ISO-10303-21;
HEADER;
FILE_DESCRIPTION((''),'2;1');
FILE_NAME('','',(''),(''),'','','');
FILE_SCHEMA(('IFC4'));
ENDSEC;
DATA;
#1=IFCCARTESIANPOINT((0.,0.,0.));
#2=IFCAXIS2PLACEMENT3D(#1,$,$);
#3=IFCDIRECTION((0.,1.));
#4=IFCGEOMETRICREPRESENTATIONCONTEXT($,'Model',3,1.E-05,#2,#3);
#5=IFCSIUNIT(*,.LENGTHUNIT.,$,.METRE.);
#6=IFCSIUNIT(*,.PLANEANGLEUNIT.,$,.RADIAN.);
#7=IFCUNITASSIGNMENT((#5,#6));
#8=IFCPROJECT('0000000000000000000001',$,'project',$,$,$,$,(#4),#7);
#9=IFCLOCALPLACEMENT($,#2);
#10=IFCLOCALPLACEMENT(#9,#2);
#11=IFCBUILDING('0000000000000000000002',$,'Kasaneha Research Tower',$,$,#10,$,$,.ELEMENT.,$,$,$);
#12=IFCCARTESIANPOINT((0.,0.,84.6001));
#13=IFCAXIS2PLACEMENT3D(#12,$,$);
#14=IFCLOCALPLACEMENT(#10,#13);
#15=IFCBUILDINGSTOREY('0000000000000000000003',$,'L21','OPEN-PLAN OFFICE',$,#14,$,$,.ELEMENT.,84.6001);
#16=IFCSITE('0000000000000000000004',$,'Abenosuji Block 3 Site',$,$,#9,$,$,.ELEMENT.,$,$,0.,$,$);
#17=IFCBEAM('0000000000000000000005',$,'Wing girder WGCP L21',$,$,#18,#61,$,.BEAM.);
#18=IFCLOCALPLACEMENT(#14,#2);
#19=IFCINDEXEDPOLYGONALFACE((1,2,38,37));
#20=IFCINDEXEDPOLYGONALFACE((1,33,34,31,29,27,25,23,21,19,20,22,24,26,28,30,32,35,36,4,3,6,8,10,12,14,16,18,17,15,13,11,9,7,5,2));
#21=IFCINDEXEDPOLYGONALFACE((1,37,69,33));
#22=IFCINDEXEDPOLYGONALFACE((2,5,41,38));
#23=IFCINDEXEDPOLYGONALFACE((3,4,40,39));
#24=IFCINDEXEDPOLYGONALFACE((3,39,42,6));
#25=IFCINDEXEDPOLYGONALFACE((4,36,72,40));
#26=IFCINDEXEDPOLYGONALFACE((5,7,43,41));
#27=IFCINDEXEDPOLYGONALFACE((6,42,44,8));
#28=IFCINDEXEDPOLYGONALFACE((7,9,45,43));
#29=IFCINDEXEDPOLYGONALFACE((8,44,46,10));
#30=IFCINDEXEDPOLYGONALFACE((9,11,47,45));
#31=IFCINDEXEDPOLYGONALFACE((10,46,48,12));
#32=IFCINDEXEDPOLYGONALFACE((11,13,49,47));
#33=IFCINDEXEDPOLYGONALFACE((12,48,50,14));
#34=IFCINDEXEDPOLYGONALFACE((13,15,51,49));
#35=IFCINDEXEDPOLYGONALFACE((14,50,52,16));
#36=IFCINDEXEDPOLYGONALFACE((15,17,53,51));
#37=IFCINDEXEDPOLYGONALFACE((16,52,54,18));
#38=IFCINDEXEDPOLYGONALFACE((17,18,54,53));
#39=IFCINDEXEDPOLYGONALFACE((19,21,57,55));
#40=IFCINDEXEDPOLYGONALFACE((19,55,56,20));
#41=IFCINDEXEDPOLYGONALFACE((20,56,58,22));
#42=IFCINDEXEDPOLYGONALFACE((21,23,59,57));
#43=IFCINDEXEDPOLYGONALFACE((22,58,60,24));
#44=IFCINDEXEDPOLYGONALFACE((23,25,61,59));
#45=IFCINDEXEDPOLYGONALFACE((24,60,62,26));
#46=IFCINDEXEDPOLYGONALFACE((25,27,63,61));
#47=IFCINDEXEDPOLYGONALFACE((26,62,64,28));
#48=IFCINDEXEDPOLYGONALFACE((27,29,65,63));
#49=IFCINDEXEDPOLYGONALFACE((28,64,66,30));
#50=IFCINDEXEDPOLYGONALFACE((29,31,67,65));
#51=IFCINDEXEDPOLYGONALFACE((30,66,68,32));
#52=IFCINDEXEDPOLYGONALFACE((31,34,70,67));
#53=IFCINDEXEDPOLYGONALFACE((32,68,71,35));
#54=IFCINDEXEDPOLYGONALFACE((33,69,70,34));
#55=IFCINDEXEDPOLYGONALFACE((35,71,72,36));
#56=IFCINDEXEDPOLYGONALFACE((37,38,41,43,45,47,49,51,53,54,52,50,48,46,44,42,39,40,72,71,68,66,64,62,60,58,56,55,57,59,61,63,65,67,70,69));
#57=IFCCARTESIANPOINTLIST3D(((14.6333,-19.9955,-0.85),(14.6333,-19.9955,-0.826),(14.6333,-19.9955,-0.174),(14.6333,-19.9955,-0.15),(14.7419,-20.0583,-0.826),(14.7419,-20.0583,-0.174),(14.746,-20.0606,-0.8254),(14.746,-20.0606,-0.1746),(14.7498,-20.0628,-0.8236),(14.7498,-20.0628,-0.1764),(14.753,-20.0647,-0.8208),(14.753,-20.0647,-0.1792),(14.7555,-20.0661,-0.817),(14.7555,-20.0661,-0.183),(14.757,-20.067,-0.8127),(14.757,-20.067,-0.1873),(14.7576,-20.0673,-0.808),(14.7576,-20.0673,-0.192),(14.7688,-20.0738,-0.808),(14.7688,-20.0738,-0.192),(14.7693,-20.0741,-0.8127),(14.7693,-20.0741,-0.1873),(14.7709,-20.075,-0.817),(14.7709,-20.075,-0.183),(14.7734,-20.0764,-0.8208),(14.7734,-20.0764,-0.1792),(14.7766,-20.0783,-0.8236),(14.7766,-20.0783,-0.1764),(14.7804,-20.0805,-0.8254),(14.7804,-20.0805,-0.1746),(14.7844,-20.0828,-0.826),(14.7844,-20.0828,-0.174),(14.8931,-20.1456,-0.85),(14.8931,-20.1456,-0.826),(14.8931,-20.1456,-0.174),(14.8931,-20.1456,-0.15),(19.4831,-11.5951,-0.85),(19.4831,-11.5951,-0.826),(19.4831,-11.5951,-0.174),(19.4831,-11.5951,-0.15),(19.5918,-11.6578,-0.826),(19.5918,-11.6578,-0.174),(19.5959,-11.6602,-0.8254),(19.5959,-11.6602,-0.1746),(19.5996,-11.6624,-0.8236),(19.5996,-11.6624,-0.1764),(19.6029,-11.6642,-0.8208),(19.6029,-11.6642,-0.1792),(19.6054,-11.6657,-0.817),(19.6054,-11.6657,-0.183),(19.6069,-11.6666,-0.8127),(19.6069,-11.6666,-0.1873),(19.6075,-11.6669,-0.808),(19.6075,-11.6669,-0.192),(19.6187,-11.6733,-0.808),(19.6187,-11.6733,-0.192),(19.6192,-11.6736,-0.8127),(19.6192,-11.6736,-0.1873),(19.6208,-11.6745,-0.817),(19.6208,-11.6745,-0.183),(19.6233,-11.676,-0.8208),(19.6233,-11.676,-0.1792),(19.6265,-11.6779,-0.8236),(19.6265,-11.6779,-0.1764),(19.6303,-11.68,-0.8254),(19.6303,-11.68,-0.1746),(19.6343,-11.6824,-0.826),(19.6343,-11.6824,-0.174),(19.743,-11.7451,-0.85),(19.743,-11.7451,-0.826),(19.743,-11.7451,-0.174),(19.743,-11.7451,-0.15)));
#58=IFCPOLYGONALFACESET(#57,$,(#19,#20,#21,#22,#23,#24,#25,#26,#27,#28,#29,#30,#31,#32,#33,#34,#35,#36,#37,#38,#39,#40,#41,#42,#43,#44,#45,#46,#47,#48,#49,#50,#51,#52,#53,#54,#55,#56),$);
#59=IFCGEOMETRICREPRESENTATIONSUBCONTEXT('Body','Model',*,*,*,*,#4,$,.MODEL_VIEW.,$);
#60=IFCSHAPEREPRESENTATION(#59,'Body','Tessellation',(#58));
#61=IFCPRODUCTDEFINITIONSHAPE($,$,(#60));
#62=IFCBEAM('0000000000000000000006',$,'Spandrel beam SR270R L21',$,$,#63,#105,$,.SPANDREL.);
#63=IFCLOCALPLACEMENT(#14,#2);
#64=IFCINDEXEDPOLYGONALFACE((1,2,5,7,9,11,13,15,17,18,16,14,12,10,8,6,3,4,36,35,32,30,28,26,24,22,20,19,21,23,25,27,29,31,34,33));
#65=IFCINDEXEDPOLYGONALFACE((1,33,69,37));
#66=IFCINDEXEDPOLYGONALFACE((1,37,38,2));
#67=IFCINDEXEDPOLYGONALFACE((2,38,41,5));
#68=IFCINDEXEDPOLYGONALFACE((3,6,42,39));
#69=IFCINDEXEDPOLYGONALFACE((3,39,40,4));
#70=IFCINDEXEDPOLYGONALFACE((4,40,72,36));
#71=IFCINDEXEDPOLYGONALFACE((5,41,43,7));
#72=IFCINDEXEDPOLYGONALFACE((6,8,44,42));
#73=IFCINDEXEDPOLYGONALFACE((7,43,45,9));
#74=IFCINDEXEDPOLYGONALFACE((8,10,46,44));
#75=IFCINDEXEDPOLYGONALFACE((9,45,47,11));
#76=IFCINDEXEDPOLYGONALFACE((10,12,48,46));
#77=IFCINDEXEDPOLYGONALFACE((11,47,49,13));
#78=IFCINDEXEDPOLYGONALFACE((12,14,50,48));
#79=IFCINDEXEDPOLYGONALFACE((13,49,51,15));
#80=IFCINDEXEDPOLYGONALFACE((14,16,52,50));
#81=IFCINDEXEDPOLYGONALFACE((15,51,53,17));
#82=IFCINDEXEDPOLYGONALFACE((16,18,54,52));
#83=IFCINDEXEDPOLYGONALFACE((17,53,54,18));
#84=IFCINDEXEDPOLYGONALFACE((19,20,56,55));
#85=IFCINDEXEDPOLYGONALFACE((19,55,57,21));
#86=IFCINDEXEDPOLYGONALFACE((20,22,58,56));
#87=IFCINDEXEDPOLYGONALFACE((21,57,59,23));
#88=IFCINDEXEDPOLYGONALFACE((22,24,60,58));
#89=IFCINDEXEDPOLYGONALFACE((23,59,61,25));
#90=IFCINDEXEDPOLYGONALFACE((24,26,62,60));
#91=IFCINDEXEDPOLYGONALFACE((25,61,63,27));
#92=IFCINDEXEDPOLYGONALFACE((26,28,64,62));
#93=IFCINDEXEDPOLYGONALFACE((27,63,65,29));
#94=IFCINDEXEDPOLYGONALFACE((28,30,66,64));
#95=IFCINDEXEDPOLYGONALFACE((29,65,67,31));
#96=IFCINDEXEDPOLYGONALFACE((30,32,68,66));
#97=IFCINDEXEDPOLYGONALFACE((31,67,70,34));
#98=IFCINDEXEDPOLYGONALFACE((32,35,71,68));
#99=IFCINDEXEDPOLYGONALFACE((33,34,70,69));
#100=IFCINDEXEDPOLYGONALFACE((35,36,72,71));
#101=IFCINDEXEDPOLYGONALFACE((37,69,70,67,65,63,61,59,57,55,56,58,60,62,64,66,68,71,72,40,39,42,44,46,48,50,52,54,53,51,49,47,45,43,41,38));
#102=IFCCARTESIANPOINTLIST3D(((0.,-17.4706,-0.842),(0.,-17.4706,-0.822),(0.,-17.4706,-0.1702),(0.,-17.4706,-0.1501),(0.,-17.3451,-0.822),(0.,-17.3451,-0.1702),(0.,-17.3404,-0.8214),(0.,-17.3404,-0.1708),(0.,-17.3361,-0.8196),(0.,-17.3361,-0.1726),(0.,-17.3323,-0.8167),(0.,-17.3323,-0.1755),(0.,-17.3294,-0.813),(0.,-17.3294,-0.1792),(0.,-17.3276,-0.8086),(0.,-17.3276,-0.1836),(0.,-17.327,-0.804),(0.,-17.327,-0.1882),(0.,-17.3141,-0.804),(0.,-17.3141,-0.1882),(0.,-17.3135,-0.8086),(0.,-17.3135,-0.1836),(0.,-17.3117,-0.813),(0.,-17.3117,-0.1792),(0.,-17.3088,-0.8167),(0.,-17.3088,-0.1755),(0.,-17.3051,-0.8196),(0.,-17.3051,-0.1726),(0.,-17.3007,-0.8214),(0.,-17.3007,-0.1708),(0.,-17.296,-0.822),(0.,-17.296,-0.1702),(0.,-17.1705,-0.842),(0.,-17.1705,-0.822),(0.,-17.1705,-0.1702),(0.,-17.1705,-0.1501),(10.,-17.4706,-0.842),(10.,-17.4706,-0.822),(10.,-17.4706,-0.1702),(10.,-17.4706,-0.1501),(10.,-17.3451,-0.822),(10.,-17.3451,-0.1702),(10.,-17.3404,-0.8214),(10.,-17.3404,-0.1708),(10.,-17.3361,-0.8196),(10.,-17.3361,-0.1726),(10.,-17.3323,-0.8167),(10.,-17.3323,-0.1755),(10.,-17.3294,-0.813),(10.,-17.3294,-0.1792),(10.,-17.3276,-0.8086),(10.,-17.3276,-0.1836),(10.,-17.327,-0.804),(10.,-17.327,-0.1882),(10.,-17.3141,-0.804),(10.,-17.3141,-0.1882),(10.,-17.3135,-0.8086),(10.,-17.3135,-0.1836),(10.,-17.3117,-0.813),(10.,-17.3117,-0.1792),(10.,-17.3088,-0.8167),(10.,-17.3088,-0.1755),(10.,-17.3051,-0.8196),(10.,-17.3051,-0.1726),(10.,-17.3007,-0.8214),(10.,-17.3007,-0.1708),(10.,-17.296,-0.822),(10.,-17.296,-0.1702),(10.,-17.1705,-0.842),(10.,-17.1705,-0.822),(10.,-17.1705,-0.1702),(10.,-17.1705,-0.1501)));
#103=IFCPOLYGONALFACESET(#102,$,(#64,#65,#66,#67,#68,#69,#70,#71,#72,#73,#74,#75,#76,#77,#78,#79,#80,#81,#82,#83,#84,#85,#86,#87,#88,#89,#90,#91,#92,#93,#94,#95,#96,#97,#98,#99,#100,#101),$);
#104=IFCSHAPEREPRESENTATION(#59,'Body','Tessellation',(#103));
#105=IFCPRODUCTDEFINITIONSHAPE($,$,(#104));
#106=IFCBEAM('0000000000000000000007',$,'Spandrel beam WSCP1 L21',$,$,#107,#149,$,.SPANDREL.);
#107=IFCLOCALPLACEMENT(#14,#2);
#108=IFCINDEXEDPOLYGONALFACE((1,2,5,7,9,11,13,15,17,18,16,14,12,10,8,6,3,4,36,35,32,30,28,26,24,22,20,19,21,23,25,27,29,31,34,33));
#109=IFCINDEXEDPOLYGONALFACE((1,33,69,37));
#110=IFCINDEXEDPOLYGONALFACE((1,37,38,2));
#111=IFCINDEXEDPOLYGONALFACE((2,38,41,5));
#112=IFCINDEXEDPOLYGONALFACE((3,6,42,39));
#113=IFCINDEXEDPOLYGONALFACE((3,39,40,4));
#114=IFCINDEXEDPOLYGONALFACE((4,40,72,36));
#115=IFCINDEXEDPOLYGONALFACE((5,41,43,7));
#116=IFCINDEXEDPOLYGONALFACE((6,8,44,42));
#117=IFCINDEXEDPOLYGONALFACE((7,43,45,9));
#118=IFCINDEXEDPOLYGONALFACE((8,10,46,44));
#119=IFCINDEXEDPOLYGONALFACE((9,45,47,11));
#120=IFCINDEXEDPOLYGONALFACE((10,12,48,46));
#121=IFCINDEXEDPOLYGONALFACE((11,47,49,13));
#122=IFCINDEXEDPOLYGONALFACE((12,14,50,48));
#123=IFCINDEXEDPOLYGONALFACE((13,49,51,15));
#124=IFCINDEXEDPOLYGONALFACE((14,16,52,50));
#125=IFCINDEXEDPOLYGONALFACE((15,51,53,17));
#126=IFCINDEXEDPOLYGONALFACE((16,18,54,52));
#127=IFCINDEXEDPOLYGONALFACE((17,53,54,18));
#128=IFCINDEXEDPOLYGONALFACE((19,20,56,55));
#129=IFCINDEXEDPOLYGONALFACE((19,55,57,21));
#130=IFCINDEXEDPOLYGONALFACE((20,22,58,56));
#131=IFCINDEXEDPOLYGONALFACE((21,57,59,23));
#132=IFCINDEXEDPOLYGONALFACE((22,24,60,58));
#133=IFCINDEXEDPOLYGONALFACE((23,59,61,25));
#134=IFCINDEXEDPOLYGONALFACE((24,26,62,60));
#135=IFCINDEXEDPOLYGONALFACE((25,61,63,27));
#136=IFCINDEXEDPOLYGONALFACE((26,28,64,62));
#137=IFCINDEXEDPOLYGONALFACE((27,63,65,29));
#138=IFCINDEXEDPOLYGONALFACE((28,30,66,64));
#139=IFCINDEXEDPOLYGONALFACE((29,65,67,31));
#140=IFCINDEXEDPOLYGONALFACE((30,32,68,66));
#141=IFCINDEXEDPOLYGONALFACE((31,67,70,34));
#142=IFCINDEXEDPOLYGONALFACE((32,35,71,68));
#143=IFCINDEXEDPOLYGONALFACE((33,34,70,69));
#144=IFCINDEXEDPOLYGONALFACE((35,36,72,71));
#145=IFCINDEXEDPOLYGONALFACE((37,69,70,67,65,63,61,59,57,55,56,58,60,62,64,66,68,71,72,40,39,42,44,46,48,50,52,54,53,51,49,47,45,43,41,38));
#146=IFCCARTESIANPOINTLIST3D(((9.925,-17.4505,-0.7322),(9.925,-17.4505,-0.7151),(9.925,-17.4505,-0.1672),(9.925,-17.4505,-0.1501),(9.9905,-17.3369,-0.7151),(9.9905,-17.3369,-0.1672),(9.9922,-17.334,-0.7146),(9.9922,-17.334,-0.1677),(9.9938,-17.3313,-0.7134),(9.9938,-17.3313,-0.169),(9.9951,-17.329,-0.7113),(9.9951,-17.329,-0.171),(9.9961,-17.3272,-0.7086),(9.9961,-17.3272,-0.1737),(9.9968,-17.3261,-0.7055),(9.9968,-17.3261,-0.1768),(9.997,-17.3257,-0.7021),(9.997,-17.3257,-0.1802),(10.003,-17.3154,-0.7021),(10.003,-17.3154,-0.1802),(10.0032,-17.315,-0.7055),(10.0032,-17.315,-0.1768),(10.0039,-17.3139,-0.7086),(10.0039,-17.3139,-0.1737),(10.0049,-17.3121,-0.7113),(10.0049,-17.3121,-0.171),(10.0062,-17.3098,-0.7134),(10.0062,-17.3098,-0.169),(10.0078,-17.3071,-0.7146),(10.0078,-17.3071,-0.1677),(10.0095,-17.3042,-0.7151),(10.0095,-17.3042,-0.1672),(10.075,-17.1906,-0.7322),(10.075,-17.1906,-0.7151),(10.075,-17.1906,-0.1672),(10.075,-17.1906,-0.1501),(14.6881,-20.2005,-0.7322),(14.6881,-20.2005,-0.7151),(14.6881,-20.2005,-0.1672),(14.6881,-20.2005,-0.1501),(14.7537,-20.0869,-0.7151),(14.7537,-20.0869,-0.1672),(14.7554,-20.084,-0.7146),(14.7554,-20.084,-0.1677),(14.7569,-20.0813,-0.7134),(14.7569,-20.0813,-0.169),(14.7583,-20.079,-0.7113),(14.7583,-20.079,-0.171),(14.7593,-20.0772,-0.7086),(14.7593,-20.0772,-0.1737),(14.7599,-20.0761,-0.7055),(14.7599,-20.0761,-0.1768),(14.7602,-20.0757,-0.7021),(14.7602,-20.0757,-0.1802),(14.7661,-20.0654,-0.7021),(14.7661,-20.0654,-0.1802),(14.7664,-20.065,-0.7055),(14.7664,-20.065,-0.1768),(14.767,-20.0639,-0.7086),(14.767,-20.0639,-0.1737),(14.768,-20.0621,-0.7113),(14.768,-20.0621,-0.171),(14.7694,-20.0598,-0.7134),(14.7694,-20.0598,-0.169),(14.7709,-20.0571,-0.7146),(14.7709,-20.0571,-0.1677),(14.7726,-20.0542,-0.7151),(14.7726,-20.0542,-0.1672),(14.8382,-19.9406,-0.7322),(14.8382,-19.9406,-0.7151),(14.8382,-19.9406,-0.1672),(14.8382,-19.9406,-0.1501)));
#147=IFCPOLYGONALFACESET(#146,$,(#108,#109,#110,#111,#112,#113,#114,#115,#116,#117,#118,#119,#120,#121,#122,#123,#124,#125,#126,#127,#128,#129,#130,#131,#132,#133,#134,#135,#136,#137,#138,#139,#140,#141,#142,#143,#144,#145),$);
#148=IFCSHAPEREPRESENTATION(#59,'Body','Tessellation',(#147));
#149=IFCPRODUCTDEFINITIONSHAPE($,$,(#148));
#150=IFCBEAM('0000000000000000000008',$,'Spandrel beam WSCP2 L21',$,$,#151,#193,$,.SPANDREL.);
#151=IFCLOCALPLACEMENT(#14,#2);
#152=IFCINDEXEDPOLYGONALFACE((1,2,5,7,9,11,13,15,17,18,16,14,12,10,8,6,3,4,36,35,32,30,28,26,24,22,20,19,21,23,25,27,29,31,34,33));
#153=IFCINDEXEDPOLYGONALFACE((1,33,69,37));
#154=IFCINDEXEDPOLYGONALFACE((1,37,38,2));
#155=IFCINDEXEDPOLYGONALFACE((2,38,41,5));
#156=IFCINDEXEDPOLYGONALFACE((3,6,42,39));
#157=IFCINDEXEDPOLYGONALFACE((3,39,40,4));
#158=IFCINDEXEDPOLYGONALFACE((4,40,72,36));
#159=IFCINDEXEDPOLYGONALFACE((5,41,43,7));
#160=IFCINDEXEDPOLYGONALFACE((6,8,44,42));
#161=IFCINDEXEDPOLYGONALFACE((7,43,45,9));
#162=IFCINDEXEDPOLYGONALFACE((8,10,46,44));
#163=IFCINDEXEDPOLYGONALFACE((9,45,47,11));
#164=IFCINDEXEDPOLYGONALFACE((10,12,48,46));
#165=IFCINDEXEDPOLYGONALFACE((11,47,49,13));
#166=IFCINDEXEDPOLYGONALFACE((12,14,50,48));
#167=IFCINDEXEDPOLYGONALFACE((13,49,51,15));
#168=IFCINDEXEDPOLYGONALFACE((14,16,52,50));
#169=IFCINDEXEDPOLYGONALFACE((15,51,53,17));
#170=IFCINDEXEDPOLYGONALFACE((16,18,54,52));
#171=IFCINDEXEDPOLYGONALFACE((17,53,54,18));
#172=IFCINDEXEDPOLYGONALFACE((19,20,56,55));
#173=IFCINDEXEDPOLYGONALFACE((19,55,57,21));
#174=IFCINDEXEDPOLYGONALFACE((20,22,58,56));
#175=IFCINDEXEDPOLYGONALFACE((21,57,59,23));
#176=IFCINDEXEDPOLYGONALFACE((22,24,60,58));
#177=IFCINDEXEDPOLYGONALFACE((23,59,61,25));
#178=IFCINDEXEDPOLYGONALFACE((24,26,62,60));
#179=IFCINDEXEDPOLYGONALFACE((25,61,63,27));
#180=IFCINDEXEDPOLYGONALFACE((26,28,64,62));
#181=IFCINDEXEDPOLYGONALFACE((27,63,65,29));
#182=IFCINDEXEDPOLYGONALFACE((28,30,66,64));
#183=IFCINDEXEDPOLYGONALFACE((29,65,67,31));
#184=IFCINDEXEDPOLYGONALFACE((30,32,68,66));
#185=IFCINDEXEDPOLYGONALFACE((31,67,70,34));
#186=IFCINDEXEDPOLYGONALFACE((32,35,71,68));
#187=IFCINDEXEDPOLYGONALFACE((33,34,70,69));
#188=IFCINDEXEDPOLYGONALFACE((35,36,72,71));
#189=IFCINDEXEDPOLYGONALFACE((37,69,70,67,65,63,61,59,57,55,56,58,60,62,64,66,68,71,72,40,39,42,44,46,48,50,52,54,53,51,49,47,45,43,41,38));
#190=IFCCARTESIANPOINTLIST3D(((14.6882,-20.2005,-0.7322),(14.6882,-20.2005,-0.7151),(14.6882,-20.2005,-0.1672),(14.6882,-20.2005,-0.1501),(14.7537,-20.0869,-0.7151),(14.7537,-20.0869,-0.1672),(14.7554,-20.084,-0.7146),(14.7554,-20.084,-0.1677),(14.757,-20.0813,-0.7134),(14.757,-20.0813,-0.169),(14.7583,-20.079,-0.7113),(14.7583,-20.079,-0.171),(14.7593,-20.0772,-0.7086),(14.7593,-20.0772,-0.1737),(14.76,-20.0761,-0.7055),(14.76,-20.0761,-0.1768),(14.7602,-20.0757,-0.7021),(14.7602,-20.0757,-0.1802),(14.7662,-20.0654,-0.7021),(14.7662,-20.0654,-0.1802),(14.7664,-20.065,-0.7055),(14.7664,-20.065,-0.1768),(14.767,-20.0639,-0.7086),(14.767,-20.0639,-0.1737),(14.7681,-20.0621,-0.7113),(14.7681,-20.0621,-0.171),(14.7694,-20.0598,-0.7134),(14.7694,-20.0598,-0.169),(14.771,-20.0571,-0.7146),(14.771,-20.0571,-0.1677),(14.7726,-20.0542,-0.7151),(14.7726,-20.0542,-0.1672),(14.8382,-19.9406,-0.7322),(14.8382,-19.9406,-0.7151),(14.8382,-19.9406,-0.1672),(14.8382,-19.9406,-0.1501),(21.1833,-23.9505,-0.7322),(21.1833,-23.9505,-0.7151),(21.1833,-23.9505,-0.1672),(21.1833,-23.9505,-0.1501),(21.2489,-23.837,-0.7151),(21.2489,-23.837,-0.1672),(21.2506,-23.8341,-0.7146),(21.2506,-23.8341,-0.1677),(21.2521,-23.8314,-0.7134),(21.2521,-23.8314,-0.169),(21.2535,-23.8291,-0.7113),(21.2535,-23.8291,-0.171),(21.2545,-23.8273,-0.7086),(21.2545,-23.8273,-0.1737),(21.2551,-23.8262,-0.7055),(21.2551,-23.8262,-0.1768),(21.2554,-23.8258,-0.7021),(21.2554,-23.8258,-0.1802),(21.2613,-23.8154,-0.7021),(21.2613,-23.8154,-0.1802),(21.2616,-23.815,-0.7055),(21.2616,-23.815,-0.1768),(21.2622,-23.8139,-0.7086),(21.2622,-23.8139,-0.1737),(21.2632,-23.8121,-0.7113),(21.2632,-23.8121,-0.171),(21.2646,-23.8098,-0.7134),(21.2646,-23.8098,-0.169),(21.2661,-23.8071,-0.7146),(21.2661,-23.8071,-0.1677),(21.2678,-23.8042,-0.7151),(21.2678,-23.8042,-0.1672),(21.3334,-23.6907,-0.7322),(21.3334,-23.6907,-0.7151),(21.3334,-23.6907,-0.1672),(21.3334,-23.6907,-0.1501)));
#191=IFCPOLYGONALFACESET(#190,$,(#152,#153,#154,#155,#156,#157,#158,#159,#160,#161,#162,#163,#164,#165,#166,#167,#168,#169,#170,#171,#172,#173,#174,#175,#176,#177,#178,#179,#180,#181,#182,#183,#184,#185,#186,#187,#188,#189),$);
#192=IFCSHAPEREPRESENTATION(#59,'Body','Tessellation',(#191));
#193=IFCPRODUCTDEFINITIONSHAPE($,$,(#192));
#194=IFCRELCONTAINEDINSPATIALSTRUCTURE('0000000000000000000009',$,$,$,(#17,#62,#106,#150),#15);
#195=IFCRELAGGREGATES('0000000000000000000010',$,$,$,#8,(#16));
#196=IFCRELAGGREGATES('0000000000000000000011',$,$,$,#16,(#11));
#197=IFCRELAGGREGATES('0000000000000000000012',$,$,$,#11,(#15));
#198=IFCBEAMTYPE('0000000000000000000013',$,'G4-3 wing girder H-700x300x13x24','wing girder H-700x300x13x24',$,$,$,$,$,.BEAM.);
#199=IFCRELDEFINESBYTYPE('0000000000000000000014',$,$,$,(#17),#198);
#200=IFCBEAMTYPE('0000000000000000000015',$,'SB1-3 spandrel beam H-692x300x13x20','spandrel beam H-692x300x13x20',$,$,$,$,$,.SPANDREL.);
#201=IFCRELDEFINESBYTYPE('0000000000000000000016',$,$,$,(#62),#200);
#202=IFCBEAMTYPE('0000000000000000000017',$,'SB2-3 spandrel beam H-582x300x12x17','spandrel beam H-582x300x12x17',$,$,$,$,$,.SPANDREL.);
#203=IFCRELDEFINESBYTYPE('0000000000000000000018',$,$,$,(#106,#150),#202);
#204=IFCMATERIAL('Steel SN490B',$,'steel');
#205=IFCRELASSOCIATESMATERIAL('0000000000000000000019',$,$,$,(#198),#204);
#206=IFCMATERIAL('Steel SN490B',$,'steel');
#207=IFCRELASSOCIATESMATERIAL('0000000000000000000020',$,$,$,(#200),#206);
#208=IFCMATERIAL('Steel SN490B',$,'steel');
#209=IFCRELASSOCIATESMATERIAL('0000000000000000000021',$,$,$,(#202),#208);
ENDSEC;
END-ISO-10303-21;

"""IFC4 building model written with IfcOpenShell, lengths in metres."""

from ifc_helpers import new_model, si_unit, direction, frame, origin, origin_2d, place, context, subcontext, project, spatial, i_section, extrude, material, material_profile, profile_set, type_object, element, save


model = new_model("IFC4")

# Units and contexts
model_context = context("Model", 3, precision=1e-05, world=origin(), true_north=direction((0.0, 1.0)))
body_context = subcontext(model_context, "Body", "Model", "MODEL_VIEW")
ifc_project = project(units=[si_unit("LENGTHUNIT", "METRE"), si_unit("PLANEANGLEUNIT", "RADIAN")], contexts=[model_context])

# Site, building, storey
site_placement = place(None, origin())
site = spatial("IfcSite", under=ifc_project, at=site_placement, Name="Abenosuji Block 3 Site", CompositionType="ELEMENT", RefElevation=0.0)
building_placement = place(site_placement, origin())
building = spatial("IfcBuilding", under=site, at=building_placement, Name="Kasaneha Research Tower", CompositionType="ELEMENT")
storey_placement = place(building_placement, frame((0.0, 0.0, 84.6001)))
storey = spatial("IfcBuildingStorey", under=building, at=storey_placement, Name="L21", Description="OPEN-PLAN OFFICE", CompositionType="ELEMENT", Elevation=84.6001)

# Beams
ifc_material_1 = material(Name="Steel SN490B", Category="steel")
ifc_material_profile_1 = material_profile(ifc_material_1, i_section(OverallWidth=0.3, OverallDepth=0.7, WebThickness=0.0129, FlangeThickness=0.0239, FilletRadius=0.0181, at=origin_2d()), Name="H-700x300x13x24")
ifc_profile_set_1 = profile_set([ifc_material_profile_1], Name="Steel SN490B")
beam_type_1 = type_object("IfcBeamType", Name="G4-3 wing girder H-700x300x13x24", Description="wing girder H-700x300x13x24", PredefinedType="BEAM", material=ifc_profile_set_1)
beam_1_placement = place(storey_placement, frame((14.7632, -20.0706, -0.5), z_axis=(0.499991, 0.866031, 0.0), x_axis=(-0.866031, 0.499991, 0.0)))
element("IfcBeam", 1, at=beam_1_placement, inside=storey, type_object=beam_type_1, Name="Wing girder WGCP L21", PredefinedType="BEAM", context=body_context, shape_type="SweptSolid", body=[
    extrude(i_section(OverallWidth=0.3, OverallDepth=0.7, WebThickness=0.0129, FlangeThickness=0.0239, FilletRadius=0.0181, at=origin_2d()), origin(), (0.0, 0.0, 1.0), 9.7),
])
ifc_material_2 = material(Name="Steel SN490B", Category="steel")
ifc_material_profile_2 = material_profile(ifc_material_2, i_section(OverallWidth=0.3, OverallDepth=0.6919, WebThickness=0.0129, FlangeThickness=0.02, FilletRadius=0.0181, at=origin_2d()), Name="H-692x300x13x20")
ifc_profile_set_2 = profile_set([ifc_material_profile_2], Name="Steel SN490B")
beam_type_2 = type_object("IfcBeamType", Name="SB1-3 spandrel beam H-692x300x13x20", Description="spandrel beam H-692x300x13x20", PredefinedType="SPANDREL", material=ifc_profile_set_2)
beam_2_placement = place(storey_placement, frame((10.0, -17.3206, -0.4961), z_axis=(-1.0, 0.0, 0.0), x_axis=(0.0, -1.0, 0.0)))
element("IfcBeam", 2, at=beam_2_placement, inside=storey, type_object=beam_type_2, Name="Spandrel beam SR270R L21", PredefinedType="SPANDREL", context=body_context, shape_type="SweptSolid", body=[
    extrude(i_section(OverallWidth=0.3, OverallDepth=0.6919, WebThickness=0.0129, FlangeThickness=0.02, FilletRadius=0.0181, at=origin_2d()), origin(), (0.0, 0.0, 1.0), 10.0),
])
ifc_material_3 = material(Name="Steel SN490B", Category="steel")
ifc_material_profile_3 = material_profile(ifc_material_3, i_section(OverallWidth=0.3, OverallDepth=0.582, WebThickness=0.012, FlangeThickness=0.0171, FilletRadius=0.0129, at=origin_2d()), Name="H-582x300x12x17")
ifc_profile_set_3 = profile_set([ifc_material_profile_3], Name="Steel SN490B")
beam_type_3 = type_object("IfcBeamType", Name="SB2-3 spandrel beam H-582x300x12x17", Description="spandrel beam H-582x300x12x17", PredefinedType="SPANDREL", material=ifc_profile_set_3)
beam_3_placement = place(storey_placement, frame((10.0, -17.3206, -0.4412), z_axis=(0.866027, -0.499997, 0.0), x_axis=(0.499997, 0.866027, 0.0)))
element("IfcBeam", 3, at=beam_3_placement, inside=storey, type_object=beam_type_3, Name="Spandrel beam WSCP1 L21", PredefinedType="SPANDREL", context=body_context, shape_type="SweptSolid", body=[
    extrude(i_section(OverallWidth=0.3, OverallDepth=0.582, WebThickness=0.012, FlangeThickness=0.0171, FilletRadius=0.0129, at=origin_2d()), origin(), (0.0, 0.0, 1.0), 5.5),
])
beam_4_placement = place(storey_placement, frame((14.7632, -20.0706, -0.4412), z_axis=(0.866023, -0.500004, 0.0), x_axis=(0.500004, 0.866023, 0.0)))
element("IfcBeam", 4, at=beam_4_placement, inside=storey, type_object=beam_type_3, Name="Spandrel beam WSCP2 L21", PredefinedType="SPANDREL", context=body_context, shape_type="SweptSolid", body=[
    extrude(i_section(OverallWidth=0.3, OverallDepth=0.582, WebThickness=0.012, FlangeThickness=0.0171, FilletRadius=0.0129, at=origin_2d()), origin(), (0.0, 0.0, 1.0), 7.5),
])

save(model, "model.ifc")
